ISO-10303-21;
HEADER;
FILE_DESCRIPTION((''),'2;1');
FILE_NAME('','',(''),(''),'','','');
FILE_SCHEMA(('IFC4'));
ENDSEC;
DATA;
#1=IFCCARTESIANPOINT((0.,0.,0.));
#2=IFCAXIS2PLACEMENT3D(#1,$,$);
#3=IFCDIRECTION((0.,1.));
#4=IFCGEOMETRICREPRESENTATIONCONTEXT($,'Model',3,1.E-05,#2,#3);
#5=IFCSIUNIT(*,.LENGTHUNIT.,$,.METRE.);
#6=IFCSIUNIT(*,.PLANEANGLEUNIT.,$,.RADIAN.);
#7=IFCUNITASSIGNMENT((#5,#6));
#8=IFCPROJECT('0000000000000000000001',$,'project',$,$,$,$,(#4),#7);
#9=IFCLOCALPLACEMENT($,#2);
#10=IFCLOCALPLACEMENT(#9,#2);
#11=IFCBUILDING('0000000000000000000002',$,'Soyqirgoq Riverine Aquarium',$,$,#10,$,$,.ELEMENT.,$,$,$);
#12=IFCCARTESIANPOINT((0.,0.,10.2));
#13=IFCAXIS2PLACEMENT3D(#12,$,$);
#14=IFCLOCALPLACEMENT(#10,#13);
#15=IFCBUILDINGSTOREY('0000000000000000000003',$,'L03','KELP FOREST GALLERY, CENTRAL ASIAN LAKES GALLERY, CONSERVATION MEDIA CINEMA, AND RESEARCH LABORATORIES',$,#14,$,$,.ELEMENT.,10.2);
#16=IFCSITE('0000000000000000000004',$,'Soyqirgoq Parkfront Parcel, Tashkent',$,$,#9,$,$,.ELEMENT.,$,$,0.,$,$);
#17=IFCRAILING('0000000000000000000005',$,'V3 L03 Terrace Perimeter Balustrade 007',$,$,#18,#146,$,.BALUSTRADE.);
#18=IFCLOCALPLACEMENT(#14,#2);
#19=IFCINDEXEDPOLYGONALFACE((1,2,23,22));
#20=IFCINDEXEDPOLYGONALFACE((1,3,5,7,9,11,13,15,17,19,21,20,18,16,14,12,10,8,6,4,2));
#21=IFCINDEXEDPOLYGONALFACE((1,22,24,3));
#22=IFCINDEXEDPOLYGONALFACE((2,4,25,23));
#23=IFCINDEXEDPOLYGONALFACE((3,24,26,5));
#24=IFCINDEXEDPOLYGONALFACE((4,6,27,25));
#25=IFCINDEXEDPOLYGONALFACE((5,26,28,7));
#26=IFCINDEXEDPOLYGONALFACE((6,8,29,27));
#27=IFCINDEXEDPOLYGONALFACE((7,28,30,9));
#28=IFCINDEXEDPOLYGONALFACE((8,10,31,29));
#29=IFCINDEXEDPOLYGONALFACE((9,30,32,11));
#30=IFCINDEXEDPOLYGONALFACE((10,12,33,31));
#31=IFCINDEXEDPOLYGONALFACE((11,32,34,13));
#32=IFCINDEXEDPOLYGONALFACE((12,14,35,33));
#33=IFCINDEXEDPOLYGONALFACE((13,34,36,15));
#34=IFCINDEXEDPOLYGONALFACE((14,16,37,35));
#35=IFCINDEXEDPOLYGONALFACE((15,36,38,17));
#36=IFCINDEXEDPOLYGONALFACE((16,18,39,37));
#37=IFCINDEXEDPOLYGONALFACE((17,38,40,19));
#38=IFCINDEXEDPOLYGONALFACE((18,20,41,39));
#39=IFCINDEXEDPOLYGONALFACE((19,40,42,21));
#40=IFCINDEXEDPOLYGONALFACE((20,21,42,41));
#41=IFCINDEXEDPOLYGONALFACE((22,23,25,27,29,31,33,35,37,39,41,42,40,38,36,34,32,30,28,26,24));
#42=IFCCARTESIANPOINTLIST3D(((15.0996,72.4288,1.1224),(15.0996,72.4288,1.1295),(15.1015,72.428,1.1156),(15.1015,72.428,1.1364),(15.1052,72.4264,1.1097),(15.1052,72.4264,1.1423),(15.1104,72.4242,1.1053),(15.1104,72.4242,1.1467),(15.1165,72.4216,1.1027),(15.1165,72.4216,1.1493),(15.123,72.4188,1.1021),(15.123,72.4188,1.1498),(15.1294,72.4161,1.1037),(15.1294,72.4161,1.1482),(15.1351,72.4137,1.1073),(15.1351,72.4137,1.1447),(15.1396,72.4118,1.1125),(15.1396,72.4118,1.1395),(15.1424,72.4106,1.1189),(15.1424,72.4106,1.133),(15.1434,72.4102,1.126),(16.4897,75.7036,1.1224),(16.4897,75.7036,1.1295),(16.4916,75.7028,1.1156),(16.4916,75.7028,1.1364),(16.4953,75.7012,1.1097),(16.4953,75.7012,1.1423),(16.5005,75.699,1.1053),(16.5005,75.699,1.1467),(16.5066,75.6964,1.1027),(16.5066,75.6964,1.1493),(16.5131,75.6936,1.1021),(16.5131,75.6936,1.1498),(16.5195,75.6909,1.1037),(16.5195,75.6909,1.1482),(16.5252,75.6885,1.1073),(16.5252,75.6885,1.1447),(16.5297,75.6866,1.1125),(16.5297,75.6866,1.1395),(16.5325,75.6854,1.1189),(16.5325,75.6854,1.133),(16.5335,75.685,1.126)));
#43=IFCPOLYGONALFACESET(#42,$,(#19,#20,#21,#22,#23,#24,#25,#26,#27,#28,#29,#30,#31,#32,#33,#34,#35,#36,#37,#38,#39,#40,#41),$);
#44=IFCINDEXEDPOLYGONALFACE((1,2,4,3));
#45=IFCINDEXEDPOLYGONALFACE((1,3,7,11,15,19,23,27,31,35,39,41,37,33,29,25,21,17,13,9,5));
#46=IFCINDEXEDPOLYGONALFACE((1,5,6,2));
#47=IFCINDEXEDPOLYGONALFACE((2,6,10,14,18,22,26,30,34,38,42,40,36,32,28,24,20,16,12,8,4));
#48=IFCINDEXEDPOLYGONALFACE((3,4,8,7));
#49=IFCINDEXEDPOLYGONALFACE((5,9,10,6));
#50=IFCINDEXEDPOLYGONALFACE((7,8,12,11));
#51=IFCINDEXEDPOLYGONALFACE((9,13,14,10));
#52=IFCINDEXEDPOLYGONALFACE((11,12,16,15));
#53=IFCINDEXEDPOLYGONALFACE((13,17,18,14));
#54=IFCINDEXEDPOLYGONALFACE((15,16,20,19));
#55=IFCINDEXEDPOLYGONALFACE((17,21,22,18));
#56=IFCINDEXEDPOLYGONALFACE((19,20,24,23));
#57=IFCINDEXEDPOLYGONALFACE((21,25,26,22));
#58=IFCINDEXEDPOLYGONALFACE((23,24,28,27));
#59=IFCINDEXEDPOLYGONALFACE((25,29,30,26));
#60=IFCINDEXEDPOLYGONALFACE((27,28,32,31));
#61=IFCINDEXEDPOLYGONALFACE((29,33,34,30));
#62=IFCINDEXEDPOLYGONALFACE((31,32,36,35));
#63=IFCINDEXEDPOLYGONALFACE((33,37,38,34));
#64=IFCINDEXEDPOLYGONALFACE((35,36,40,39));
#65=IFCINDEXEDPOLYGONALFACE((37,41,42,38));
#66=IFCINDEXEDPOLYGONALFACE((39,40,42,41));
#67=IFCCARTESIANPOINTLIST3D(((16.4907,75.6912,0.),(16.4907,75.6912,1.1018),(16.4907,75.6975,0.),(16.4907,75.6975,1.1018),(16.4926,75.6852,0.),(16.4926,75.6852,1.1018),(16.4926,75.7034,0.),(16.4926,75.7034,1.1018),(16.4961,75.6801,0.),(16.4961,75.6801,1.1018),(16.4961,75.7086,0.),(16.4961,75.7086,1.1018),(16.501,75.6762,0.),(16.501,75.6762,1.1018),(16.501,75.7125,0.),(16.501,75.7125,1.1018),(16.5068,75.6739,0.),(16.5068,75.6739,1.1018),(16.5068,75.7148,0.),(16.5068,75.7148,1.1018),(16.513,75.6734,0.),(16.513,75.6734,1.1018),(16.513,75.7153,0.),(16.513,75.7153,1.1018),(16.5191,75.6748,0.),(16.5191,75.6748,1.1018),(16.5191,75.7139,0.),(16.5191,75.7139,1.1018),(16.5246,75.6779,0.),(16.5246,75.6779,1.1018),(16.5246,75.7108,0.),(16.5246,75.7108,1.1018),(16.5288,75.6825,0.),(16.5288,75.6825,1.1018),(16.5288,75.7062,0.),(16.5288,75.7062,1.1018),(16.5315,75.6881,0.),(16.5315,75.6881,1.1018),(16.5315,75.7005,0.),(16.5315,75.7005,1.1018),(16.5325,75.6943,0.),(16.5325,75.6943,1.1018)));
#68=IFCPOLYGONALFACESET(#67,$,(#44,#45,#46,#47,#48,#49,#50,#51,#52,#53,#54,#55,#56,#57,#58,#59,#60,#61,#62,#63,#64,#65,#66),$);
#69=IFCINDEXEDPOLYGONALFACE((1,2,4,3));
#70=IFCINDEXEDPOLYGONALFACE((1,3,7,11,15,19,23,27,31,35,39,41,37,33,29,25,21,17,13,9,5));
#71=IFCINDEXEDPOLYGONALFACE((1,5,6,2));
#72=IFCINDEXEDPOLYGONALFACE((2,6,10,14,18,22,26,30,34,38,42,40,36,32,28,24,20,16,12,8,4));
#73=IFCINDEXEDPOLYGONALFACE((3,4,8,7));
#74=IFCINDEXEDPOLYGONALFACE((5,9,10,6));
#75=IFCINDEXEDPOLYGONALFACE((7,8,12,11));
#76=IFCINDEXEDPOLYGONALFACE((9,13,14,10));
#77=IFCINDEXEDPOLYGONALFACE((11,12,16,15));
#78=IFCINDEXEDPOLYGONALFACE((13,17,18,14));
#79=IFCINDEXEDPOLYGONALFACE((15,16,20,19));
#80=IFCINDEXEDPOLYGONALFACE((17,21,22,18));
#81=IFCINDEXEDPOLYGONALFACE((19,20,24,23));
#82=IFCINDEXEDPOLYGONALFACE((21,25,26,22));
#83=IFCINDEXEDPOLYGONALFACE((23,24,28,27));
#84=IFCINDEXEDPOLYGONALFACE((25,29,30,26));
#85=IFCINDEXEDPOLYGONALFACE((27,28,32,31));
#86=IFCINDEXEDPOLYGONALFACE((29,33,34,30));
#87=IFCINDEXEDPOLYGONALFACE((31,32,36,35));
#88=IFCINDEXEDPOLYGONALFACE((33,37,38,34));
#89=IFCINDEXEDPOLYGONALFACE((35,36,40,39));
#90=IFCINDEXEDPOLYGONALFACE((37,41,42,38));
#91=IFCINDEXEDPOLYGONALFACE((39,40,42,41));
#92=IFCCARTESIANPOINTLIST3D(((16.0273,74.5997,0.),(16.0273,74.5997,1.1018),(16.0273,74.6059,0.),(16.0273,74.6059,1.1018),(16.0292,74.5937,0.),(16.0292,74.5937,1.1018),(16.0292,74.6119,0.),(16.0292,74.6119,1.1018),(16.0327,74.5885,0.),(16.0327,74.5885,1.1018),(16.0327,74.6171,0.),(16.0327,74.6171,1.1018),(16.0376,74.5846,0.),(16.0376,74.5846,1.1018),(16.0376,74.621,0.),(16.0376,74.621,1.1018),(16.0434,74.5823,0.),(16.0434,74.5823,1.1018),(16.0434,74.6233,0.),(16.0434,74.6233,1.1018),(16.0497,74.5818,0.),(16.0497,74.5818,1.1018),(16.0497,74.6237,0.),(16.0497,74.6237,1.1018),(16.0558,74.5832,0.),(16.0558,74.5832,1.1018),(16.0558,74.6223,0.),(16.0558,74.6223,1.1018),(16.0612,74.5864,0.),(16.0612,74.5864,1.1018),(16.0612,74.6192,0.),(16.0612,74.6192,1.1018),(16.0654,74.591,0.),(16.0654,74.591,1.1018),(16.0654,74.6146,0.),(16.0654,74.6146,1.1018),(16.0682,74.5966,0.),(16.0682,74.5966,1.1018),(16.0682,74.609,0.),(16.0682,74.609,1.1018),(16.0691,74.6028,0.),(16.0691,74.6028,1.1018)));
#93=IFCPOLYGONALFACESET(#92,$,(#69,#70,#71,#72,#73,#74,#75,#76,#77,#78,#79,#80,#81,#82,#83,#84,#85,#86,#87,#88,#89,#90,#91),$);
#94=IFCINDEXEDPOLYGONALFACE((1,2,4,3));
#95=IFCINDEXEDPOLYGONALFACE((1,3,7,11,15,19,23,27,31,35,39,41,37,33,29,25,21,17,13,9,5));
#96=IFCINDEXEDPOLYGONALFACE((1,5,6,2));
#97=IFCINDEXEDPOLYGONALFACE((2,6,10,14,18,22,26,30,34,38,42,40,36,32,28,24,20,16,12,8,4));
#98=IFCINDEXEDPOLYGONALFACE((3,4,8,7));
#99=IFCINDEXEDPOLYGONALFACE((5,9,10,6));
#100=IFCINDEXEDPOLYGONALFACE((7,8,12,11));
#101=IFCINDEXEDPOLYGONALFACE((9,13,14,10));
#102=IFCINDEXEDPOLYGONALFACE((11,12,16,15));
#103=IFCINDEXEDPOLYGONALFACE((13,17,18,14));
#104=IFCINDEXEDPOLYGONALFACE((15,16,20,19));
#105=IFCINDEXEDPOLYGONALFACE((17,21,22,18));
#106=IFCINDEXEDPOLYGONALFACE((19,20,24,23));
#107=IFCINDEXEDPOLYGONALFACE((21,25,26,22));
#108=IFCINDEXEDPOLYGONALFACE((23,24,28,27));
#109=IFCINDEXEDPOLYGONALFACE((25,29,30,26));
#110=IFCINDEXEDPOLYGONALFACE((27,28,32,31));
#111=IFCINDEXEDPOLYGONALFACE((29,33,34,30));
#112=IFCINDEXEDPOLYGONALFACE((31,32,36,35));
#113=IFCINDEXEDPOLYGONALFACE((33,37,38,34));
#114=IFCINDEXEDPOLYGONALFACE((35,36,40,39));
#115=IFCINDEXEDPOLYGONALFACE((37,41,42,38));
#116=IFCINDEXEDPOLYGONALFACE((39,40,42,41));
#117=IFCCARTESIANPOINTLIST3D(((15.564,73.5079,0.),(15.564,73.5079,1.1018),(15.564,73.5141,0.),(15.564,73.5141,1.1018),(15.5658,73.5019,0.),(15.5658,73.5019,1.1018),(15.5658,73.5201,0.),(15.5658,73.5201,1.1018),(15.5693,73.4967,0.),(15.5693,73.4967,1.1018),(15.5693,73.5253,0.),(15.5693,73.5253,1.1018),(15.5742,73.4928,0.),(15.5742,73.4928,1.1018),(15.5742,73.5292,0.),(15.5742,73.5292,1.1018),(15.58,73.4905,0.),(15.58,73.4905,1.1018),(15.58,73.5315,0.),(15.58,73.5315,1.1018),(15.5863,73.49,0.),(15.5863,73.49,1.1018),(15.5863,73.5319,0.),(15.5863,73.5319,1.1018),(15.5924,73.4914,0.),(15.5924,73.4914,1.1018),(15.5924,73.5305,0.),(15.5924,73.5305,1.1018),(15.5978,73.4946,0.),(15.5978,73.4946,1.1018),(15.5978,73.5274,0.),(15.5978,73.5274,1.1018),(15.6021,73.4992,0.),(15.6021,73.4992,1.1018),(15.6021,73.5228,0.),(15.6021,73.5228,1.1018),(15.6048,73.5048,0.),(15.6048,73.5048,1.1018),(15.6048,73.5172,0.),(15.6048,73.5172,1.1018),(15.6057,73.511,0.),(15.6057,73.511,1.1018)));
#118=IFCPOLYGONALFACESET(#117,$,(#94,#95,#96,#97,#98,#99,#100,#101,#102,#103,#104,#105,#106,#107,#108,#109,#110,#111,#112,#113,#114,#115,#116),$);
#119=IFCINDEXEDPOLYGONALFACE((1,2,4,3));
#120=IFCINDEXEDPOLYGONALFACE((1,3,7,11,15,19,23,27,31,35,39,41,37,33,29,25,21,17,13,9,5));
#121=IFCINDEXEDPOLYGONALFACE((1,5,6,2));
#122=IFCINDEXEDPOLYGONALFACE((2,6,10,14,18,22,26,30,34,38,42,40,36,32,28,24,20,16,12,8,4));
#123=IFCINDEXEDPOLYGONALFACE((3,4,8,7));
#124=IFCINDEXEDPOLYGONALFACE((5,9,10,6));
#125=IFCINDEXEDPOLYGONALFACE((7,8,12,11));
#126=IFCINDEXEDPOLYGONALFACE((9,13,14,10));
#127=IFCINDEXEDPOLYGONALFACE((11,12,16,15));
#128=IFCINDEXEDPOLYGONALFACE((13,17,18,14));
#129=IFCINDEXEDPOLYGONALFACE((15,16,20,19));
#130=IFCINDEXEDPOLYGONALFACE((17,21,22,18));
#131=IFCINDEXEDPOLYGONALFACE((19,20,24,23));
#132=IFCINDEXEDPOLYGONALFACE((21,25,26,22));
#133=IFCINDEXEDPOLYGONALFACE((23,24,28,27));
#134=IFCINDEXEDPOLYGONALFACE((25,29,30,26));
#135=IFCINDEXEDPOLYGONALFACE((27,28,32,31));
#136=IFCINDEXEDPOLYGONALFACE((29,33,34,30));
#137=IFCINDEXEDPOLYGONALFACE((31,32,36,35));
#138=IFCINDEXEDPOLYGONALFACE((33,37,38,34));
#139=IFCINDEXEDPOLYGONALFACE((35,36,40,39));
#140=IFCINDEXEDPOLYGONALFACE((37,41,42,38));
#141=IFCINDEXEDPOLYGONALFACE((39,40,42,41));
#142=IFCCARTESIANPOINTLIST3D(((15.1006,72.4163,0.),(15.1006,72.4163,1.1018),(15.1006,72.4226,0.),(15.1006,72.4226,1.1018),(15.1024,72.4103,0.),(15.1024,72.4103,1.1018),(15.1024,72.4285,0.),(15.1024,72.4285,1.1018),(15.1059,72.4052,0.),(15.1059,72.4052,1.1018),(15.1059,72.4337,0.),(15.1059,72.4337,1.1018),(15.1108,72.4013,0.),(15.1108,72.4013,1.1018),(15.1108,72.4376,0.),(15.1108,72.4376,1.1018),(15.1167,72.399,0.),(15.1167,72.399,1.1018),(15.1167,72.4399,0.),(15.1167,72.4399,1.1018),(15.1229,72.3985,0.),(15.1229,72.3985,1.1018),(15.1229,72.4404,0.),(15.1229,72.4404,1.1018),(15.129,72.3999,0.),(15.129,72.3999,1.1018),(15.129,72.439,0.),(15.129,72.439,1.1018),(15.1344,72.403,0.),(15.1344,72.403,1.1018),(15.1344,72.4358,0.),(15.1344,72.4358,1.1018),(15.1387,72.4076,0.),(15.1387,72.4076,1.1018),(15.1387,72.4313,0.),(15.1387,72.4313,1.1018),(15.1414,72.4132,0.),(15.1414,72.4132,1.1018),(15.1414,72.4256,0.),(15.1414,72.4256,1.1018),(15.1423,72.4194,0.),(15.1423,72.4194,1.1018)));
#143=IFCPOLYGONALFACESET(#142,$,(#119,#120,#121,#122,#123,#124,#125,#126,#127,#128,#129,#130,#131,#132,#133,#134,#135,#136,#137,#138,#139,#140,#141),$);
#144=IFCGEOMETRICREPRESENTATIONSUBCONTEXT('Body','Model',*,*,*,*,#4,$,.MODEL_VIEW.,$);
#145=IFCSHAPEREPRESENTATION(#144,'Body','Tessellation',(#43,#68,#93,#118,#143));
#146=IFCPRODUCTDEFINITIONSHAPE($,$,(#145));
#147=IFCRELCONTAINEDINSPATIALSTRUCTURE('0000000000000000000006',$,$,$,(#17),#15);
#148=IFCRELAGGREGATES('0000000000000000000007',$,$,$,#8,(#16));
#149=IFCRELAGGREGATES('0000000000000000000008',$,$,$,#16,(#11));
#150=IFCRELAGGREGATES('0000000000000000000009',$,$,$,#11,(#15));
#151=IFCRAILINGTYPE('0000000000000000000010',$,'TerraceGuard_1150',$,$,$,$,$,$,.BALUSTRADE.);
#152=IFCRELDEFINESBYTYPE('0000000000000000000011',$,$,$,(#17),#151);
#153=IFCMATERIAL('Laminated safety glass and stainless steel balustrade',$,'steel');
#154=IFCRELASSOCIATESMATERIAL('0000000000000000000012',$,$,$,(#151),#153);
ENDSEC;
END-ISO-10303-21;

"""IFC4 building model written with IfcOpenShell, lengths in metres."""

from ifc_helpers import new_model, si_unit, direction, frame, origin, origin_2d, place, context, subcontext, project, spatial, circle, extrude, material, type_object, element, save


model = new_model("IFC4")

# Units and contexts
model_context = context("Model", 3, precision=1e-05, world=origin(), true_north=direction((0.0, 1.0)))
body_context = subcontext(model_context, "Body", "Model", "MODEL_VIEW")
ifc_project = project(units=[si_unit("LENGTHUNIT", "METRE"), si_unit("PLANEANGLEUNIT", "RADIAN")], contexts=[model_context])

# Site, building, storey
site_placement = place(None, origin())
site = spatial("IfcSite", under=ifc_project, at=site_placement, Name="Soyqirgoq Parkfront Parcel, Tashkent", CompositionType="ELEMENT", RefElevation=0.0)
building_placement = place(site_placement, origin())
building = spatial("IfcBuilding", under=site, at=building_placement, Name="Soyqirgoq Riverine Aquarium", CompositionType="ELEMENT")
storey_placement = place(building_placement, frame((0.0, 0.0, 10.2)))
storey = spatial("IfcBuildingStorey", under=building, at=storey_placement, Name="L03", Description="KELP FOREST GALLERY, CENTRAL ASIAN LAKES GALLERY, CONSERVATION MEDIA CINEMA, AND RESEARCH LABORATORIES", CompositionType="ELEMENT", Elevation=10.2)

# Railing
ifc_material_1 = material(Name="Laminated safety glass and stainless steel balustrade", Category="steel")
railing_type = type_object("IfcRailingType", Name="TerraceGuard_1150", PredefinedType="BALUSTRADE", material=ifc_material_1)
railing_1_placement = place(storey_placement, frame((16.5115, 75.6943, 0.0)))
element("IfcRailing", 1, at=railing_1_placement, inside=storey, type_object=railing_type, Name="V3 L03 Terrace Perimeter Balustrade 007", PredefinedType="BALUSTRADE", context=body_context, shape_type="SweptSolid", body=[
    extrude(circle(Radius=0.0239, at=origin_2d()), frame((0.0, 0.0, 1.126), z_axis=(-0.390737, -0.920503, 0.0), x_axis=(0.920503, -0.390737, 0.0)), (0.0, 0.0, 1.0), 3.5576),
    extrude(circle(Radius=0.021, at=origin_2d()), origin(), (0.0, 0.0, 1.0), 1.1018),
    extrude(circle(Radius=0.021, at=origin_2d()), frame((-0.4634, -1.0916, 0.0)), (0.0, 0.0, 1.0), 1.1018),
    extrude(circle(Radius=0.021, at=origin_2d()), frame((-0.9268, -2.1833, 0.0)), (0.0, 0.0, 1.0), 1.1018),
    extrude(circle(Radius=0.021, at=origin_2d()), frame((-1.3901, -3.2749, 0.0)), (0.0, 0.0, 1.0), 1.1018),
])

save(model, "model.ifc")
